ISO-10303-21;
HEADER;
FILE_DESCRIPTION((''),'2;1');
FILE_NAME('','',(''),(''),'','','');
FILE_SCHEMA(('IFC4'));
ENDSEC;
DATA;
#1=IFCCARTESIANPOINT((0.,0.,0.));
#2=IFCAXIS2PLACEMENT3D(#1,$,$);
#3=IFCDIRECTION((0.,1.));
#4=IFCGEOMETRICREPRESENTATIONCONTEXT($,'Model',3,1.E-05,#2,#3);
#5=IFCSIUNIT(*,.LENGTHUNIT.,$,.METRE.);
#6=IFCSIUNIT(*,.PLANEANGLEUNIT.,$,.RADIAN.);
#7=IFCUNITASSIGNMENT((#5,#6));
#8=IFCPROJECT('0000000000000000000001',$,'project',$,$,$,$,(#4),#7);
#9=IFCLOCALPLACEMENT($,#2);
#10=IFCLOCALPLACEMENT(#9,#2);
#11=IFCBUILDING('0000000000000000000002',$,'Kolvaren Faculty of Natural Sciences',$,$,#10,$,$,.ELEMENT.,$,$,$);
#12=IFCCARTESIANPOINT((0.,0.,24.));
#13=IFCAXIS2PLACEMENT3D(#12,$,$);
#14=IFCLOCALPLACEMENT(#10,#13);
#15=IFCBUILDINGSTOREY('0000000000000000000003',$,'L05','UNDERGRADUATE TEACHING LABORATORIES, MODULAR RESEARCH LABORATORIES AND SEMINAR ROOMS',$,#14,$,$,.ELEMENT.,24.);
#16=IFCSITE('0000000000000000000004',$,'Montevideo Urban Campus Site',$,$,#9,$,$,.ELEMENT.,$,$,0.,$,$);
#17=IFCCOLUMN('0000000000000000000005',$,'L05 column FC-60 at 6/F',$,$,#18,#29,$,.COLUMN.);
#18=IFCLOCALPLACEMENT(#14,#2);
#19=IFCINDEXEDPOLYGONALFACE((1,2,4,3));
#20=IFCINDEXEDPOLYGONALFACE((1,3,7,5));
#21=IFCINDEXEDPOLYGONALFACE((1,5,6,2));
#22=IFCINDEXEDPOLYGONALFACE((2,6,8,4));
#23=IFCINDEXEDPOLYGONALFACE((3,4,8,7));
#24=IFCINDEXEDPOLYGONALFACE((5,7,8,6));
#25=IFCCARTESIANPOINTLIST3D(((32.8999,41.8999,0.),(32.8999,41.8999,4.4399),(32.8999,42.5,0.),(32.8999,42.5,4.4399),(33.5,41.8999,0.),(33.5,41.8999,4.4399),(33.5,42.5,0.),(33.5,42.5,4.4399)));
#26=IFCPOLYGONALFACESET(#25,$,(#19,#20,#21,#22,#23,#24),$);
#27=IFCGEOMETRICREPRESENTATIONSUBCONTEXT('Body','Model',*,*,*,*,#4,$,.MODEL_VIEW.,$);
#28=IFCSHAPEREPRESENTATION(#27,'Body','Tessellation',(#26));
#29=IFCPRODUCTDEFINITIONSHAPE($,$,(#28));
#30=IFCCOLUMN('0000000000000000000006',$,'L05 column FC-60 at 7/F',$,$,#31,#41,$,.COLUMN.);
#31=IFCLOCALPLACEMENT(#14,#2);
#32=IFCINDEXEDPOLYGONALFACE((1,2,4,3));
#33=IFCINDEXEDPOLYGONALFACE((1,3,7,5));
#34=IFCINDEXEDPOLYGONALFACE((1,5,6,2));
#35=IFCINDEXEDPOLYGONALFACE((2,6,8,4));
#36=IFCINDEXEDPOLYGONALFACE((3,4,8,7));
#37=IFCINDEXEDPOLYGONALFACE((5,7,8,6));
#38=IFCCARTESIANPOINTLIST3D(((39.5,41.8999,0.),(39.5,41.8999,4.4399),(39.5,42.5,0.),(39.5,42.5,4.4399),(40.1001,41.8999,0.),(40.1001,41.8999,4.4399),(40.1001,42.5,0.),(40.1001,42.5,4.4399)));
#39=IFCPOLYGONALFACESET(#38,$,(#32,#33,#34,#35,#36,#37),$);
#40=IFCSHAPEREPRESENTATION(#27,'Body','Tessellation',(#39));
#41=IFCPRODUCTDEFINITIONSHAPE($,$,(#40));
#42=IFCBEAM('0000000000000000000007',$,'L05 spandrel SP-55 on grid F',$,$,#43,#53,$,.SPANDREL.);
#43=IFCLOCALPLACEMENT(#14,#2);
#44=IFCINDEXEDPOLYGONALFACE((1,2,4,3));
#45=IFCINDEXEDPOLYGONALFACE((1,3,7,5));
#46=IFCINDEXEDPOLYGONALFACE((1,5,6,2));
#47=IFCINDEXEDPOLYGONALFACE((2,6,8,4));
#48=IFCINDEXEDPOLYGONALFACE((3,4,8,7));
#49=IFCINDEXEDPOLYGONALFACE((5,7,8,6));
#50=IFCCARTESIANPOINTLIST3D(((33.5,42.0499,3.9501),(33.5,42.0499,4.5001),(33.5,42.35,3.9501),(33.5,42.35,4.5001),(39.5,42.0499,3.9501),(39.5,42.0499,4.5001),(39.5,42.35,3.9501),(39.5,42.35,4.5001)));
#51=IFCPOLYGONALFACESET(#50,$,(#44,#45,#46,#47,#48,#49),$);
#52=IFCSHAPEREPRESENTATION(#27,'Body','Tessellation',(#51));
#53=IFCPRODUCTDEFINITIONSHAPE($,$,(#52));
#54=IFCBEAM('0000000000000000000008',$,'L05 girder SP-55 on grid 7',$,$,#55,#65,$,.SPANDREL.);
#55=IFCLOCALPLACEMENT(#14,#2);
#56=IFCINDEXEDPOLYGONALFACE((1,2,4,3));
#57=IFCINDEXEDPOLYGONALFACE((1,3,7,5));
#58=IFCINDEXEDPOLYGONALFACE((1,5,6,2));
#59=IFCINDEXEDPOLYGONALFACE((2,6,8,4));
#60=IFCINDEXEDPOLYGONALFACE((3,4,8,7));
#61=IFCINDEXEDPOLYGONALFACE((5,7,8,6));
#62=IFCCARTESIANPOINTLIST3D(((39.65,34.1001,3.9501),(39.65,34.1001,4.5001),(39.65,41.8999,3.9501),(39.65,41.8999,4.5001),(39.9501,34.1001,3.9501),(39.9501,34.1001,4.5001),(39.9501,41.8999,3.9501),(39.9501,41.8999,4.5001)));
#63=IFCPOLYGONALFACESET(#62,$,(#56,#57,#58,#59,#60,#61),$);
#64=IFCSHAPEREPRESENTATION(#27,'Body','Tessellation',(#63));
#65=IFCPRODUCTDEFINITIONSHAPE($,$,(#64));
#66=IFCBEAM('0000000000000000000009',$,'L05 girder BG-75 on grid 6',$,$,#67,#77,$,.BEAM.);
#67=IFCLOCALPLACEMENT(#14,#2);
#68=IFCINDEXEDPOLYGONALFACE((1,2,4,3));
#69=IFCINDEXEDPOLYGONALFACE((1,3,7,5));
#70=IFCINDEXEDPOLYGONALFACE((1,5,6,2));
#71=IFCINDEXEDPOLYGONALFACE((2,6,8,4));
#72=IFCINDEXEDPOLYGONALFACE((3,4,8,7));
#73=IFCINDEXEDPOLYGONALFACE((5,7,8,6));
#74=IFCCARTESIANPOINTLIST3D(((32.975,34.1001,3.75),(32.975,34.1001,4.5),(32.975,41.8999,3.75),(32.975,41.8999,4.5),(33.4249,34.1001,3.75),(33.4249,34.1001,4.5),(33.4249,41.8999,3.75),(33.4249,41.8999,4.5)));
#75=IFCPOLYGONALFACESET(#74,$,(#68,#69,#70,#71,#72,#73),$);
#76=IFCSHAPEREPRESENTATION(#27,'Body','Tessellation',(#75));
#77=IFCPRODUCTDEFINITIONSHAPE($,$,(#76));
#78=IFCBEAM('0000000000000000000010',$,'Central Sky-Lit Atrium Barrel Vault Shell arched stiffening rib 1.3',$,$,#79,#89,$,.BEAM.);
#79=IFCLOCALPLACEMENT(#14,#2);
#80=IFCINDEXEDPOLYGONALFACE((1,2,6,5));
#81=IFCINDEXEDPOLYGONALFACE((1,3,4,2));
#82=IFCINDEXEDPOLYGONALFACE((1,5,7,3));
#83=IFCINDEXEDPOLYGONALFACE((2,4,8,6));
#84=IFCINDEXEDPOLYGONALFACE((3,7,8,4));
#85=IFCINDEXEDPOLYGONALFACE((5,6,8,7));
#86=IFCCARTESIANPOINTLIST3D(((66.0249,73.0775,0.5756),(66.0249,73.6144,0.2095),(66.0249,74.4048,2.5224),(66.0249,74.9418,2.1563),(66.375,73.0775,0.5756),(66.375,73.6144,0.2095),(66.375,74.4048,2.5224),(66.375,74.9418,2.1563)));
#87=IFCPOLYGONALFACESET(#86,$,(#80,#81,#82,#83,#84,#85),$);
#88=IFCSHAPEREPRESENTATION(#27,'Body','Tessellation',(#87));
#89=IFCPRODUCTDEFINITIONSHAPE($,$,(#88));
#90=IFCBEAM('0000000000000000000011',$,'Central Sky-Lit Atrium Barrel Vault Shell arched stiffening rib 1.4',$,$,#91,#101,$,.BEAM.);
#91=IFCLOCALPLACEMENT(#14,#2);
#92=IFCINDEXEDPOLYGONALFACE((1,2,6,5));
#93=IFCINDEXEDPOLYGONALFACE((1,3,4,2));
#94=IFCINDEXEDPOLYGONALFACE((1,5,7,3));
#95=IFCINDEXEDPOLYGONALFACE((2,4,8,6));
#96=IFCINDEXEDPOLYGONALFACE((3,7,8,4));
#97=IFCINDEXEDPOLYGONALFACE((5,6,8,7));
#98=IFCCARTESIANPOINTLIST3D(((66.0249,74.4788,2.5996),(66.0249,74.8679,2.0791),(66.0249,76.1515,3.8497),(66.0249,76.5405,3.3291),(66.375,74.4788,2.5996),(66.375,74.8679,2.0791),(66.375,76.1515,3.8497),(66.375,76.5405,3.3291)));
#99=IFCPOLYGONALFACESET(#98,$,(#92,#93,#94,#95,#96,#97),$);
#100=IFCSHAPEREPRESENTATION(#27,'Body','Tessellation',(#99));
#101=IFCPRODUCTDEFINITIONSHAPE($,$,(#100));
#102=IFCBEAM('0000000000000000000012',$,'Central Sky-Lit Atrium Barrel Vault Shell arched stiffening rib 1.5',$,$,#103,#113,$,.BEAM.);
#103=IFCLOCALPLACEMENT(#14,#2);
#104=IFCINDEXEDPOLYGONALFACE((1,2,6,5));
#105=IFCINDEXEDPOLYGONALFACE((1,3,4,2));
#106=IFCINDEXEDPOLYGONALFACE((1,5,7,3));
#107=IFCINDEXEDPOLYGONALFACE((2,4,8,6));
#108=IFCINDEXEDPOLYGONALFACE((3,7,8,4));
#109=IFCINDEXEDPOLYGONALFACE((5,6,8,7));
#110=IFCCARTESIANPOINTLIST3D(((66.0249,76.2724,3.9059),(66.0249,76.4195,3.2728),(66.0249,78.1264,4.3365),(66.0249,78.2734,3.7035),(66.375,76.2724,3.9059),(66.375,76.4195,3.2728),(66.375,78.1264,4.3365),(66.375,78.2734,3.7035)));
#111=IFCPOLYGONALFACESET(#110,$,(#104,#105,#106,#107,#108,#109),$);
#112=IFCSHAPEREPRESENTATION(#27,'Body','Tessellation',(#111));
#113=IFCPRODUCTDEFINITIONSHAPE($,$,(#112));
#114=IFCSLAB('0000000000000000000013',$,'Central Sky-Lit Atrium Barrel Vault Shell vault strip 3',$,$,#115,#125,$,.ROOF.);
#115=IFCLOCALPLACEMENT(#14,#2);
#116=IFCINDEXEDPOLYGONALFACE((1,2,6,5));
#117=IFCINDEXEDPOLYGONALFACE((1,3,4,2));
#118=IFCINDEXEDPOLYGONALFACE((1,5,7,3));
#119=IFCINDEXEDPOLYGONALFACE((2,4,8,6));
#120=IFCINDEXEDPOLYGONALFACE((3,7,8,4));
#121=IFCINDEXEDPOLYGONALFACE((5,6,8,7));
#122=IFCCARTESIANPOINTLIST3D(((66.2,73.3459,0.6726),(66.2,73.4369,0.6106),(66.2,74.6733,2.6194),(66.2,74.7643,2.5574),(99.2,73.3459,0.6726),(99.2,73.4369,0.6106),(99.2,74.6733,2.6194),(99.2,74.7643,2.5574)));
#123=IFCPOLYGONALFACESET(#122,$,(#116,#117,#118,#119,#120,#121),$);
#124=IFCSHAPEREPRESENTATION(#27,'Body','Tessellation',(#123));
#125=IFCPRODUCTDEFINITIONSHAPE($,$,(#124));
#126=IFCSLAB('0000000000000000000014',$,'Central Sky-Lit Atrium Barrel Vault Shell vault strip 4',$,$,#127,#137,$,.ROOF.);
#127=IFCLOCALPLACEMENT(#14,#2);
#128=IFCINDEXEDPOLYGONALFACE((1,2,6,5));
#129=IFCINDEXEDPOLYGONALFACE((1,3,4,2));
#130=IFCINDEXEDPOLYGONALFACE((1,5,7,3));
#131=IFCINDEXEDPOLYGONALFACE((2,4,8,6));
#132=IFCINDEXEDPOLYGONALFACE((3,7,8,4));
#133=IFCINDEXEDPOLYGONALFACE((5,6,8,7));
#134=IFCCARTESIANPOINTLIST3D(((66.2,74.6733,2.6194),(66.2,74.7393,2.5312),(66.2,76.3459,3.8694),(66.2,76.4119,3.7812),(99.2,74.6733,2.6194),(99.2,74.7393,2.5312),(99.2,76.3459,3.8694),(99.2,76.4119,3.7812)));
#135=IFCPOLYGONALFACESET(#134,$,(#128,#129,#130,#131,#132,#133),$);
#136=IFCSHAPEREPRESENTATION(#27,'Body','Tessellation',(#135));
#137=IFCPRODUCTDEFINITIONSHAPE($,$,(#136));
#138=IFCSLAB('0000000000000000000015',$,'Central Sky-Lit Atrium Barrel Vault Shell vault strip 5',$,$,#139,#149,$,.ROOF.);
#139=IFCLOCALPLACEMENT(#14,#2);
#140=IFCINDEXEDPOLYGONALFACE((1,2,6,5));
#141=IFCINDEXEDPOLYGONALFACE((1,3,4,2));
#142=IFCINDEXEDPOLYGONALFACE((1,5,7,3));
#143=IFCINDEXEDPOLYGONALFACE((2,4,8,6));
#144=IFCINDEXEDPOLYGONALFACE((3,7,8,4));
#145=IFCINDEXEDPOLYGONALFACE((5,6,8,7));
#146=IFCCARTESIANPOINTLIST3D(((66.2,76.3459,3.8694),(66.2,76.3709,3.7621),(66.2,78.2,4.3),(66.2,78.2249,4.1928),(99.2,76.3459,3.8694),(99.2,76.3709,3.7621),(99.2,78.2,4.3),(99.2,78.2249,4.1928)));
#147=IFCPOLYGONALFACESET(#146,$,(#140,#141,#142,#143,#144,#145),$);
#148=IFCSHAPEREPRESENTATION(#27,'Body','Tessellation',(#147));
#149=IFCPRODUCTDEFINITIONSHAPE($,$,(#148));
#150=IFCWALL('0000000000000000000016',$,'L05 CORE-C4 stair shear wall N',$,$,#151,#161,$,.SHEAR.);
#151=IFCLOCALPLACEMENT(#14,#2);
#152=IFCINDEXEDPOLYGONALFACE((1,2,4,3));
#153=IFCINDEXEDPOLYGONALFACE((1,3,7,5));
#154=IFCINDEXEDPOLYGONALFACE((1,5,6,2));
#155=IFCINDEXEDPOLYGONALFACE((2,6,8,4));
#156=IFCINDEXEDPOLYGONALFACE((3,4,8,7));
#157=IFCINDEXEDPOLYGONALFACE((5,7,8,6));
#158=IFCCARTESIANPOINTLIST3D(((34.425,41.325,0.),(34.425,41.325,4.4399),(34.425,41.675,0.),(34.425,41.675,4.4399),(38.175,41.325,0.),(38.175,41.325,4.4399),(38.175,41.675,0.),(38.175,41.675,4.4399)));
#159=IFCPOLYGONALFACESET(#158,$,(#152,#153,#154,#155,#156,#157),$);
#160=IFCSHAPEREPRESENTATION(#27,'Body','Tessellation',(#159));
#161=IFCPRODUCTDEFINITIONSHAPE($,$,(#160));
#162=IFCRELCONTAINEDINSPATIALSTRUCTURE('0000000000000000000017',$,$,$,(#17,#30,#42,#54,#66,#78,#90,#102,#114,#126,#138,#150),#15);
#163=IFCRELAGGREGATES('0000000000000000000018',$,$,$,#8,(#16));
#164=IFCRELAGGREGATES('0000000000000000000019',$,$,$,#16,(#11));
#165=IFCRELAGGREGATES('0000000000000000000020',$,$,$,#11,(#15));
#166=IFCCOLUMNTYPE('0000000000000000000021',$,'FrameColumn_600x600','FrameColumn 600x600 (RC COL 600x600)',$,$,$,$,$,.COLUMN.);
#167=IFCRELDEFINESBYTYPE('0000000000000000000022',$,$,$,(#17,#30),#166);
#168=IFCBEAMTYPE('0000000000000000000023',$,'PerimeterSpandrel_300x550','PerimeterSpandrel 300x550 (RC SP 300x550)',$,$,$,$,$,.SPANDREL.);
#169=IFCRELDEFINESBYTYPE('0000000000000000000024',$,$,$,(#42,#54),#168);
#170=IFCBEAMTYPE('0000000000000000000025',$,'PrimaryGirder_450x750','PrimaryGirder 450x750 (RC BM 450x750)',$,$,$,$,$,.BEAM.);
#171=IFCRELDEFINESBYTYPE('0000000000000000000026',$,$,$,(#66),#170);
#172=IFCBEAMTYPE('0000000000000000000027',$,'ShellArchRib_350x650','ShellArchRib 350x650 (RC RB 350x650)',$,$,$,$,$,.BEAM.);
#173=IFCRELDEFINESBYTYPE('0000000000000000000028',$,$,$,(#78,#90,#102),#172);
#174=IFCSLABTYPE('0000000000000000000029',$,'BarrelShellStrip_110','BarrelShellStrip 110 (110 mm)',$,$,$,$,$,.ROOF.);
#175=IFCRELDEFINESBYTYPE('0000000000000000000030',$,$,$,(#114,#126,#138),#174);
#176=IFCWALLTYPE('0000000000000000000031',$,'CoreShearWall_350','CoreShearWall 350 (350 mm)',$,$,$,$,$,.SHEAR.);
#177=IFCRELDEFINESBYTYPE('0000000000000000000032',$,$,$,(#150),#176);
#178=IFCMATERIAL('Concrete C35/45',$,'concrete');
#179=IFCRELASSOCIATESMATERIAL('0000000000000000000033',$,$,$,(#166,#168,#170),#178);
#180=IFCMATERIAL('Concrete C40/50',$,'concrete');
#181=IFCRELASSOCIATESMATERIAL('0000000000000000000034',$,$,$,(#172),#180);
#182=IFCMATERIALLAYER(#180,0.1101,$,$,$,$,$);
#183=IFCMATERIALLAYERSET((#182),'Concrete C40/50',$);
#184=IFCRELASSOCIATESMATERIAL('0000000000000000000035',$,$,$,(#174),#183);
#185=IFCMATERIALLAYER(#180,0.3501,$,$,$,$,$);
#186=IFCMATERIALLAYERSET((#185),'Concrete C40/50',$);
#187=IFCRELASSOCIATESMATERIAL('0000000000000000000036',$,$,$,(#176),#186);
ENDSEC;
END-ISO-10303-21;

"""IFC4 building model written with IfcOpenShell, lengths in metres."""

from ifc_helpers import new_model, si_unit, direction, frame, frame_2d, origin, origin_2d, place, context, subcontext, project, spatial, polyline, rectangle, outline, extrude, material, layer, layer_set, material_profile, profile_set, type_object, element, save


model = new_model("IFC4")

# Units and contexts
model_context = context("Model", 3, precision=1e-05, world=origin(), true_north=direction((0.0, 1.0)))
body_context = subcontext(model_context, "Body", "Model", "MODEL_VIEW")
ifc_project = project(units=[si_unit("LENGTHUNIT", "METRE"), si_unit("PLANEANGLEUNIT", "RADIAN")], contexts=[model_context])

# Site, building, storey
site_placement = place(None, origin())
site = spatial("IfcSite", under=ifc_project, at=site_placement, Name="Montevideo Urban Campus Site", CompositionType="ELEMENT", RefElevation=0.0)
building_placement = place(site_placement, origin())
building = spatial("IfcBuilding", under=site, at=building_placement, Name="Kolvaren Faculty of Natural Sciences", CompositionType="ELEMENT")
storey_placement = place(building_placement, frame((0.0, 0.0, 24.0)))
storey = spatial("IfcBuildingStorey", under=building, at=storey_placement, Name="L05", Description="UNDERGRADUATE TEACHING LABORATORIES, MODULAR RESEARCH LABORATORIES AND SEMINAR ROOMS", CompositionType="ELEMENT", Elevation=24.0)

# Columns
ifc_material_1 = material(Name="Concrete C35/45", Category="concrete")
ifc_material_profile_1 = material_profile(ifc_material_1, rectangle(XDim=0.6001, YDim=0.6001, at=origin_2d()), Name="RC COL 600x600")
ifc_profile_set_1 = profile_set([ifc_material_profile_1], Name="Concrete C35/45")
column_type = type_object("IfcColumnType", Name="FrameColumn_600x600", Description="FrameColumn 600x600 (RC COL 600x600)", PredefinedType="COLUMN", material=ifc_profile_set_1)
for number, where, z_axis, x_axis, name in (
    (1, (33.2, 42.2, 0.0), (0.0, 0.0, 1.0), (1.0, 0.0, 0.0), "L05 column FC-60 at 6/F"),
    (2, (39.8, 42.2, 0.0), (0.0, 0.0, 1.0), (1.0, 0.0, 0.0), "L05 column FC-60 at 7/F"),
):
    element("IfcColumn", number, at=place(storey_placement, frame(where, z_axis=z_axis, x_axis=x_axis)), inside=storey, type_object=column_type, Name=name, PredefinedType="COLUMN", context=body_context, shape_type="SweptSolid", body=[
        extrude(rectangle(XDim=0.6001, YDim=0.6001, at=origin_2d()), origin(), (0.0, 0.0, 1.0), 4.4399),
    ])

# Beams
ifc_material_profile_2 = material_profile(ifc_material_1, rectangle(XDim=0.3, YDim=0.55, at=origin_2d()), Name="RC SP 300x550")
ifc_profile_set_2 = profile_set([ifc_material_profile_2], Name="Concrete C35/45")
beam_type_1 = type_object("IfcBeamType", Name="PerimeterSpandrel_300x550", Description="PerimeterSpandrel 300x550 (RC SP 300x550)", PredefinedType="SPANDREL", material=ifc_profile_set_2)
beam_1_placement = place(storey_placement, frame((33.5, 42.2, 4.2251), z_axis=(1.0, 0.0, 0.0), x_axis=(0.0, 1.0, 0.0)))
element("IfcBeam", 3, at=beam_1_placement, inside=storey, type_object=beam_type_1, Name="L05 spandrel SP-55 on grid F", PredefinedType="SPANDREL", context=body_context, shape_type="SweptSolid", body=[
    extrude(rectangle(XDim=0.3, YDim=0.55, at=origin_2d()), origin(), (0.0, 0.0, 1.0), 6.0),
])
beam_2_placement = place(storey_placement, frame((39.8, 34.1001, 4.2251), z_axis=(0.0, 1.0, 0.0), x_axis=(-1.0, 0.0, 0.0)))
element("IfcBeam", 4, at=beam_2_placement, inside=storey, type_object=beam_type_1, Name="L05 girder SP-55 on grid 7", PredefinedType="SPANDREL", context=body_context, shape_type="SweptSolid", body=[
    extrude(rectangle(XDim=0.3, YDim=0.55, at=origin_2d()), origin(), (0.0, 0.0, 1.0), 7.7998),
])
ifc_material_profile_3 = material_profile(ifc_material_1, rectangle(XDim=0.45, YDim=0.75, at=origin_2d()), Name="RC BM 450x750")
ifc_profile_set_3 = profile_set([ifc_material_profile_3], Name="Concrete C35/45")
beam_type_2 = type_object("IfcBeamType", Name="PrimaryGirder_450x750", Description="PrimaryGirder 450x750 (RC BM 450x750)", PredefinedType="BEAM", material=ifc_profile_set_3)
beam_3_placement = place(storey_placement, frame((33.2, 34.1001, 4.125), z_axis=(0.0, 1.0, 0.0), x_axis=(-1.0, 0.0, 0.0)))
element("IfcBeam", 5, at=beam_3_placement, inside=storey, type_object=beam_type_2, Name="L05 girder BG-75 on grid 6", PredefinedType="BEAM", context=body_context, shape_type="SweptSolid", body=[
    extrude(rectangle(XDim=0.45, YDim=0.75, at=origin_2d()), origin(), (0.0, 0.0, 1.0), 7.7998),
])
ifc_material_2 = material(Name="Concrete C40/50", Category="concrete")
ifc_material_profile_4 = material_profile(ifc_material_2, rectangle(XDim=0.3501, YDim=0.6499, at=origin_2d()), Name="RC RB 350x650")
ifc_profile_set_4 = profile_set([ifc_material_profile_4], Name="Concrete C40/50")
beam_type_3 = type_object("IfcBeamType", Name="ShellArchRib_350x650", Description="ShellArchRib 350x650 (RC RB 350x650)", PredefinedType="BEAM", material=ifc_profile_set_4)
beam_4_placement = place(storey_placement, frame((66.2, 73.3459, 0.3926), z_axis=(0.0, 0.56335, 0.826219), x_axis=(-1.0, 0.0, 0.0)))
element("IfcBeam", 6, at=beam_4_placement, inside=storey, type_object=beam_type_3, Name="Central Sky-Lit Atrium Barrel Vault Shell arched stiffening rib 1.3", PredefinedType="BEAM", context=body_context, shape_type="SweptSolid", body=[
    extrude(rectangle(XDim=0.3501, YDim=0.6499, at=origin_2d()), origin(), (0.0, 0.0, 1.0), 2.3562),
])
beam_5_placement = place(storey_placement, frame((66.2, 74.6733, 2.3394), z_axis=(0.0, 0.801023, 0.598633), x_axis=(-1.0, 0.0, 0.0)))
element("IfcBeam", 7, at=beam_5_placement, inside=storey, type_object=beam_type_3, Name="Central Sky-Lit Atrium Barrel Vault Shell arched stiffening rib 1.4", PredefinedType="BEAM", context=body_context, shape_type="SweptSolid", body=[
    extrude(rectangle(XDim=0.3501, YDim=0.6499, at=origin_2d()), origin(), (0.0, 0.0, 1.0), 2.0881),
])
beam_6_placement = place(storey_placement, frame((66.2, 76.3459, 3.5894), z_axis=(0.0, 0.974066, 0.226264), x_axis=(-1.0, 0.0, 0.0)))
element("IfcBeam", 8, at=beam_6_placement, inside=storey, type_object=beam_type_3, Name="Central Sky-Lit Atrium Barrel Vault Shell arched stiffening rib 1.5", PredefinedType="BEAM", context=body_context, shape_type="SweptSolid", body=[
    extrude(rectangle(XDim=0.3501, YDim=0.6499, at=origin_2d()), origin(), (0.0, 0.0, 1.0), 1.9033),
])

# Slabs
ifc_layer_1 = layer(ifc_material_2, 0.1101)
ifc_layer_set_1 = layer_set([ifc_layer_1], Name="Concrete C40/50")
slab_type = type_object("IfcSlabType", Name="BarrelShellStrip_110", Description="BarrelShellStrip 110 (110 mm)", PredefinedType="ROOF", material=ifc_layer_set_1)
slab_1_placement = place(storey_placement, frame((66.2, 73.3459, 0.6726), z_axis=(0.0, -0.826219, 0.56335), x_axis=(1.0, 0.0, 0.0)))
element("IfcSlab", 9, at=slab_1_placement, inside=storey, type_object=slab_type, Name="Central Sky-Lit Atrium Barrel Vault Shell vault strip 3", PredefinedType="ROOF", context=body_context, shape_type="SweptSolid", body=[
    extrude(outline(polyline([(0.0, 0.0), (33.0, 0.0), (33.0, 2.3562), (0.0, 2.3562), (0.0, 0.0)])), origin(), (0.0, 0.0, -1.0), 0.1101),
])
slab_2_placement = place(storey_placement, frame((66.2, 74.6733, 2.6194), z_axis=(0.0, -0.598633, 0.801023), x_axis=(1.0, 0.0, 0.0)))
element("IfcSlab", 10, at=slab_2_placement, inside=storey, type_object=slab_type, Name="Central Sky-Lit Atrium Barrel Vault Shell vault strip 4", PredefinedType="ROOF", context=body_context, shape_type="SweptSolid", body=[
    extrude(outline(polyline([(0.0, 0.0), (33.0, 0.0), (33.0, 2.0881), (0.0, 2.0881), (0.0, 0.0)])), origin(), (0.0, 0.0, -1.0), 0.1101),
])
slab_3_placement = place(storey_placement, frame((66.2, 76.3459, 3.8694), z_axis=(0.0, -0.226264, 0.974066), x_axis=(1.0, 0.0, 0.0)))
element("IfcSlab", 11, at=slab_3_placement, inside=storey, type_object=slab_type, Name="Central Sky-Lit Atrium Barrel Vault Shell vault strip 5", PredefinedType="ROOF", context=body_context, shape_type="SweptSolid", body=[
    extrude(outline(polyline([(0.0, 0.0), (33.0, 0.0), (33.0, 1.9034), (0.0, 1.9034), (0.0, 0.0)])), origin(), (0.0, 0.0, -1.0), 0.1101),
])

# Wall
ifc_layer_2 = layer(ifc_material_2, 0.3501)
ifc_layer_set_2 = layer_set([ifc_layer_2], Name="Concrete C40/50")
wall_type_1 = type_object("IfcWallType", Name="CoreShearWall_350", Description="CoreShearWall 350 (350 mm)", PredefinedType="SHEAR", material=ifc_layer_set_2)
wall_1_placement = place(storey_placement, frame((34.425, 41.5, 0.0), z_axis=(0.0, 0.0, 1.0), x_axis=(1.0, 0.0, 0.0)))
element("IfcWall", 12, at=wall_1_placement, inside=storey, type_object=wall_type_1, Name="L05 CORE-C4 stair shear wall N", PredefinedType="SHEAR", context=body_context, shape_type="SweptSolid", body=[
    extrude(rectangle(XDim=3.75, YDim=0.3501, at=frame_2d((1.875, 0.0))), origin(), (0.0, 0.0, 1.0), 4.4399),
])

save(model, "model.ifc")
